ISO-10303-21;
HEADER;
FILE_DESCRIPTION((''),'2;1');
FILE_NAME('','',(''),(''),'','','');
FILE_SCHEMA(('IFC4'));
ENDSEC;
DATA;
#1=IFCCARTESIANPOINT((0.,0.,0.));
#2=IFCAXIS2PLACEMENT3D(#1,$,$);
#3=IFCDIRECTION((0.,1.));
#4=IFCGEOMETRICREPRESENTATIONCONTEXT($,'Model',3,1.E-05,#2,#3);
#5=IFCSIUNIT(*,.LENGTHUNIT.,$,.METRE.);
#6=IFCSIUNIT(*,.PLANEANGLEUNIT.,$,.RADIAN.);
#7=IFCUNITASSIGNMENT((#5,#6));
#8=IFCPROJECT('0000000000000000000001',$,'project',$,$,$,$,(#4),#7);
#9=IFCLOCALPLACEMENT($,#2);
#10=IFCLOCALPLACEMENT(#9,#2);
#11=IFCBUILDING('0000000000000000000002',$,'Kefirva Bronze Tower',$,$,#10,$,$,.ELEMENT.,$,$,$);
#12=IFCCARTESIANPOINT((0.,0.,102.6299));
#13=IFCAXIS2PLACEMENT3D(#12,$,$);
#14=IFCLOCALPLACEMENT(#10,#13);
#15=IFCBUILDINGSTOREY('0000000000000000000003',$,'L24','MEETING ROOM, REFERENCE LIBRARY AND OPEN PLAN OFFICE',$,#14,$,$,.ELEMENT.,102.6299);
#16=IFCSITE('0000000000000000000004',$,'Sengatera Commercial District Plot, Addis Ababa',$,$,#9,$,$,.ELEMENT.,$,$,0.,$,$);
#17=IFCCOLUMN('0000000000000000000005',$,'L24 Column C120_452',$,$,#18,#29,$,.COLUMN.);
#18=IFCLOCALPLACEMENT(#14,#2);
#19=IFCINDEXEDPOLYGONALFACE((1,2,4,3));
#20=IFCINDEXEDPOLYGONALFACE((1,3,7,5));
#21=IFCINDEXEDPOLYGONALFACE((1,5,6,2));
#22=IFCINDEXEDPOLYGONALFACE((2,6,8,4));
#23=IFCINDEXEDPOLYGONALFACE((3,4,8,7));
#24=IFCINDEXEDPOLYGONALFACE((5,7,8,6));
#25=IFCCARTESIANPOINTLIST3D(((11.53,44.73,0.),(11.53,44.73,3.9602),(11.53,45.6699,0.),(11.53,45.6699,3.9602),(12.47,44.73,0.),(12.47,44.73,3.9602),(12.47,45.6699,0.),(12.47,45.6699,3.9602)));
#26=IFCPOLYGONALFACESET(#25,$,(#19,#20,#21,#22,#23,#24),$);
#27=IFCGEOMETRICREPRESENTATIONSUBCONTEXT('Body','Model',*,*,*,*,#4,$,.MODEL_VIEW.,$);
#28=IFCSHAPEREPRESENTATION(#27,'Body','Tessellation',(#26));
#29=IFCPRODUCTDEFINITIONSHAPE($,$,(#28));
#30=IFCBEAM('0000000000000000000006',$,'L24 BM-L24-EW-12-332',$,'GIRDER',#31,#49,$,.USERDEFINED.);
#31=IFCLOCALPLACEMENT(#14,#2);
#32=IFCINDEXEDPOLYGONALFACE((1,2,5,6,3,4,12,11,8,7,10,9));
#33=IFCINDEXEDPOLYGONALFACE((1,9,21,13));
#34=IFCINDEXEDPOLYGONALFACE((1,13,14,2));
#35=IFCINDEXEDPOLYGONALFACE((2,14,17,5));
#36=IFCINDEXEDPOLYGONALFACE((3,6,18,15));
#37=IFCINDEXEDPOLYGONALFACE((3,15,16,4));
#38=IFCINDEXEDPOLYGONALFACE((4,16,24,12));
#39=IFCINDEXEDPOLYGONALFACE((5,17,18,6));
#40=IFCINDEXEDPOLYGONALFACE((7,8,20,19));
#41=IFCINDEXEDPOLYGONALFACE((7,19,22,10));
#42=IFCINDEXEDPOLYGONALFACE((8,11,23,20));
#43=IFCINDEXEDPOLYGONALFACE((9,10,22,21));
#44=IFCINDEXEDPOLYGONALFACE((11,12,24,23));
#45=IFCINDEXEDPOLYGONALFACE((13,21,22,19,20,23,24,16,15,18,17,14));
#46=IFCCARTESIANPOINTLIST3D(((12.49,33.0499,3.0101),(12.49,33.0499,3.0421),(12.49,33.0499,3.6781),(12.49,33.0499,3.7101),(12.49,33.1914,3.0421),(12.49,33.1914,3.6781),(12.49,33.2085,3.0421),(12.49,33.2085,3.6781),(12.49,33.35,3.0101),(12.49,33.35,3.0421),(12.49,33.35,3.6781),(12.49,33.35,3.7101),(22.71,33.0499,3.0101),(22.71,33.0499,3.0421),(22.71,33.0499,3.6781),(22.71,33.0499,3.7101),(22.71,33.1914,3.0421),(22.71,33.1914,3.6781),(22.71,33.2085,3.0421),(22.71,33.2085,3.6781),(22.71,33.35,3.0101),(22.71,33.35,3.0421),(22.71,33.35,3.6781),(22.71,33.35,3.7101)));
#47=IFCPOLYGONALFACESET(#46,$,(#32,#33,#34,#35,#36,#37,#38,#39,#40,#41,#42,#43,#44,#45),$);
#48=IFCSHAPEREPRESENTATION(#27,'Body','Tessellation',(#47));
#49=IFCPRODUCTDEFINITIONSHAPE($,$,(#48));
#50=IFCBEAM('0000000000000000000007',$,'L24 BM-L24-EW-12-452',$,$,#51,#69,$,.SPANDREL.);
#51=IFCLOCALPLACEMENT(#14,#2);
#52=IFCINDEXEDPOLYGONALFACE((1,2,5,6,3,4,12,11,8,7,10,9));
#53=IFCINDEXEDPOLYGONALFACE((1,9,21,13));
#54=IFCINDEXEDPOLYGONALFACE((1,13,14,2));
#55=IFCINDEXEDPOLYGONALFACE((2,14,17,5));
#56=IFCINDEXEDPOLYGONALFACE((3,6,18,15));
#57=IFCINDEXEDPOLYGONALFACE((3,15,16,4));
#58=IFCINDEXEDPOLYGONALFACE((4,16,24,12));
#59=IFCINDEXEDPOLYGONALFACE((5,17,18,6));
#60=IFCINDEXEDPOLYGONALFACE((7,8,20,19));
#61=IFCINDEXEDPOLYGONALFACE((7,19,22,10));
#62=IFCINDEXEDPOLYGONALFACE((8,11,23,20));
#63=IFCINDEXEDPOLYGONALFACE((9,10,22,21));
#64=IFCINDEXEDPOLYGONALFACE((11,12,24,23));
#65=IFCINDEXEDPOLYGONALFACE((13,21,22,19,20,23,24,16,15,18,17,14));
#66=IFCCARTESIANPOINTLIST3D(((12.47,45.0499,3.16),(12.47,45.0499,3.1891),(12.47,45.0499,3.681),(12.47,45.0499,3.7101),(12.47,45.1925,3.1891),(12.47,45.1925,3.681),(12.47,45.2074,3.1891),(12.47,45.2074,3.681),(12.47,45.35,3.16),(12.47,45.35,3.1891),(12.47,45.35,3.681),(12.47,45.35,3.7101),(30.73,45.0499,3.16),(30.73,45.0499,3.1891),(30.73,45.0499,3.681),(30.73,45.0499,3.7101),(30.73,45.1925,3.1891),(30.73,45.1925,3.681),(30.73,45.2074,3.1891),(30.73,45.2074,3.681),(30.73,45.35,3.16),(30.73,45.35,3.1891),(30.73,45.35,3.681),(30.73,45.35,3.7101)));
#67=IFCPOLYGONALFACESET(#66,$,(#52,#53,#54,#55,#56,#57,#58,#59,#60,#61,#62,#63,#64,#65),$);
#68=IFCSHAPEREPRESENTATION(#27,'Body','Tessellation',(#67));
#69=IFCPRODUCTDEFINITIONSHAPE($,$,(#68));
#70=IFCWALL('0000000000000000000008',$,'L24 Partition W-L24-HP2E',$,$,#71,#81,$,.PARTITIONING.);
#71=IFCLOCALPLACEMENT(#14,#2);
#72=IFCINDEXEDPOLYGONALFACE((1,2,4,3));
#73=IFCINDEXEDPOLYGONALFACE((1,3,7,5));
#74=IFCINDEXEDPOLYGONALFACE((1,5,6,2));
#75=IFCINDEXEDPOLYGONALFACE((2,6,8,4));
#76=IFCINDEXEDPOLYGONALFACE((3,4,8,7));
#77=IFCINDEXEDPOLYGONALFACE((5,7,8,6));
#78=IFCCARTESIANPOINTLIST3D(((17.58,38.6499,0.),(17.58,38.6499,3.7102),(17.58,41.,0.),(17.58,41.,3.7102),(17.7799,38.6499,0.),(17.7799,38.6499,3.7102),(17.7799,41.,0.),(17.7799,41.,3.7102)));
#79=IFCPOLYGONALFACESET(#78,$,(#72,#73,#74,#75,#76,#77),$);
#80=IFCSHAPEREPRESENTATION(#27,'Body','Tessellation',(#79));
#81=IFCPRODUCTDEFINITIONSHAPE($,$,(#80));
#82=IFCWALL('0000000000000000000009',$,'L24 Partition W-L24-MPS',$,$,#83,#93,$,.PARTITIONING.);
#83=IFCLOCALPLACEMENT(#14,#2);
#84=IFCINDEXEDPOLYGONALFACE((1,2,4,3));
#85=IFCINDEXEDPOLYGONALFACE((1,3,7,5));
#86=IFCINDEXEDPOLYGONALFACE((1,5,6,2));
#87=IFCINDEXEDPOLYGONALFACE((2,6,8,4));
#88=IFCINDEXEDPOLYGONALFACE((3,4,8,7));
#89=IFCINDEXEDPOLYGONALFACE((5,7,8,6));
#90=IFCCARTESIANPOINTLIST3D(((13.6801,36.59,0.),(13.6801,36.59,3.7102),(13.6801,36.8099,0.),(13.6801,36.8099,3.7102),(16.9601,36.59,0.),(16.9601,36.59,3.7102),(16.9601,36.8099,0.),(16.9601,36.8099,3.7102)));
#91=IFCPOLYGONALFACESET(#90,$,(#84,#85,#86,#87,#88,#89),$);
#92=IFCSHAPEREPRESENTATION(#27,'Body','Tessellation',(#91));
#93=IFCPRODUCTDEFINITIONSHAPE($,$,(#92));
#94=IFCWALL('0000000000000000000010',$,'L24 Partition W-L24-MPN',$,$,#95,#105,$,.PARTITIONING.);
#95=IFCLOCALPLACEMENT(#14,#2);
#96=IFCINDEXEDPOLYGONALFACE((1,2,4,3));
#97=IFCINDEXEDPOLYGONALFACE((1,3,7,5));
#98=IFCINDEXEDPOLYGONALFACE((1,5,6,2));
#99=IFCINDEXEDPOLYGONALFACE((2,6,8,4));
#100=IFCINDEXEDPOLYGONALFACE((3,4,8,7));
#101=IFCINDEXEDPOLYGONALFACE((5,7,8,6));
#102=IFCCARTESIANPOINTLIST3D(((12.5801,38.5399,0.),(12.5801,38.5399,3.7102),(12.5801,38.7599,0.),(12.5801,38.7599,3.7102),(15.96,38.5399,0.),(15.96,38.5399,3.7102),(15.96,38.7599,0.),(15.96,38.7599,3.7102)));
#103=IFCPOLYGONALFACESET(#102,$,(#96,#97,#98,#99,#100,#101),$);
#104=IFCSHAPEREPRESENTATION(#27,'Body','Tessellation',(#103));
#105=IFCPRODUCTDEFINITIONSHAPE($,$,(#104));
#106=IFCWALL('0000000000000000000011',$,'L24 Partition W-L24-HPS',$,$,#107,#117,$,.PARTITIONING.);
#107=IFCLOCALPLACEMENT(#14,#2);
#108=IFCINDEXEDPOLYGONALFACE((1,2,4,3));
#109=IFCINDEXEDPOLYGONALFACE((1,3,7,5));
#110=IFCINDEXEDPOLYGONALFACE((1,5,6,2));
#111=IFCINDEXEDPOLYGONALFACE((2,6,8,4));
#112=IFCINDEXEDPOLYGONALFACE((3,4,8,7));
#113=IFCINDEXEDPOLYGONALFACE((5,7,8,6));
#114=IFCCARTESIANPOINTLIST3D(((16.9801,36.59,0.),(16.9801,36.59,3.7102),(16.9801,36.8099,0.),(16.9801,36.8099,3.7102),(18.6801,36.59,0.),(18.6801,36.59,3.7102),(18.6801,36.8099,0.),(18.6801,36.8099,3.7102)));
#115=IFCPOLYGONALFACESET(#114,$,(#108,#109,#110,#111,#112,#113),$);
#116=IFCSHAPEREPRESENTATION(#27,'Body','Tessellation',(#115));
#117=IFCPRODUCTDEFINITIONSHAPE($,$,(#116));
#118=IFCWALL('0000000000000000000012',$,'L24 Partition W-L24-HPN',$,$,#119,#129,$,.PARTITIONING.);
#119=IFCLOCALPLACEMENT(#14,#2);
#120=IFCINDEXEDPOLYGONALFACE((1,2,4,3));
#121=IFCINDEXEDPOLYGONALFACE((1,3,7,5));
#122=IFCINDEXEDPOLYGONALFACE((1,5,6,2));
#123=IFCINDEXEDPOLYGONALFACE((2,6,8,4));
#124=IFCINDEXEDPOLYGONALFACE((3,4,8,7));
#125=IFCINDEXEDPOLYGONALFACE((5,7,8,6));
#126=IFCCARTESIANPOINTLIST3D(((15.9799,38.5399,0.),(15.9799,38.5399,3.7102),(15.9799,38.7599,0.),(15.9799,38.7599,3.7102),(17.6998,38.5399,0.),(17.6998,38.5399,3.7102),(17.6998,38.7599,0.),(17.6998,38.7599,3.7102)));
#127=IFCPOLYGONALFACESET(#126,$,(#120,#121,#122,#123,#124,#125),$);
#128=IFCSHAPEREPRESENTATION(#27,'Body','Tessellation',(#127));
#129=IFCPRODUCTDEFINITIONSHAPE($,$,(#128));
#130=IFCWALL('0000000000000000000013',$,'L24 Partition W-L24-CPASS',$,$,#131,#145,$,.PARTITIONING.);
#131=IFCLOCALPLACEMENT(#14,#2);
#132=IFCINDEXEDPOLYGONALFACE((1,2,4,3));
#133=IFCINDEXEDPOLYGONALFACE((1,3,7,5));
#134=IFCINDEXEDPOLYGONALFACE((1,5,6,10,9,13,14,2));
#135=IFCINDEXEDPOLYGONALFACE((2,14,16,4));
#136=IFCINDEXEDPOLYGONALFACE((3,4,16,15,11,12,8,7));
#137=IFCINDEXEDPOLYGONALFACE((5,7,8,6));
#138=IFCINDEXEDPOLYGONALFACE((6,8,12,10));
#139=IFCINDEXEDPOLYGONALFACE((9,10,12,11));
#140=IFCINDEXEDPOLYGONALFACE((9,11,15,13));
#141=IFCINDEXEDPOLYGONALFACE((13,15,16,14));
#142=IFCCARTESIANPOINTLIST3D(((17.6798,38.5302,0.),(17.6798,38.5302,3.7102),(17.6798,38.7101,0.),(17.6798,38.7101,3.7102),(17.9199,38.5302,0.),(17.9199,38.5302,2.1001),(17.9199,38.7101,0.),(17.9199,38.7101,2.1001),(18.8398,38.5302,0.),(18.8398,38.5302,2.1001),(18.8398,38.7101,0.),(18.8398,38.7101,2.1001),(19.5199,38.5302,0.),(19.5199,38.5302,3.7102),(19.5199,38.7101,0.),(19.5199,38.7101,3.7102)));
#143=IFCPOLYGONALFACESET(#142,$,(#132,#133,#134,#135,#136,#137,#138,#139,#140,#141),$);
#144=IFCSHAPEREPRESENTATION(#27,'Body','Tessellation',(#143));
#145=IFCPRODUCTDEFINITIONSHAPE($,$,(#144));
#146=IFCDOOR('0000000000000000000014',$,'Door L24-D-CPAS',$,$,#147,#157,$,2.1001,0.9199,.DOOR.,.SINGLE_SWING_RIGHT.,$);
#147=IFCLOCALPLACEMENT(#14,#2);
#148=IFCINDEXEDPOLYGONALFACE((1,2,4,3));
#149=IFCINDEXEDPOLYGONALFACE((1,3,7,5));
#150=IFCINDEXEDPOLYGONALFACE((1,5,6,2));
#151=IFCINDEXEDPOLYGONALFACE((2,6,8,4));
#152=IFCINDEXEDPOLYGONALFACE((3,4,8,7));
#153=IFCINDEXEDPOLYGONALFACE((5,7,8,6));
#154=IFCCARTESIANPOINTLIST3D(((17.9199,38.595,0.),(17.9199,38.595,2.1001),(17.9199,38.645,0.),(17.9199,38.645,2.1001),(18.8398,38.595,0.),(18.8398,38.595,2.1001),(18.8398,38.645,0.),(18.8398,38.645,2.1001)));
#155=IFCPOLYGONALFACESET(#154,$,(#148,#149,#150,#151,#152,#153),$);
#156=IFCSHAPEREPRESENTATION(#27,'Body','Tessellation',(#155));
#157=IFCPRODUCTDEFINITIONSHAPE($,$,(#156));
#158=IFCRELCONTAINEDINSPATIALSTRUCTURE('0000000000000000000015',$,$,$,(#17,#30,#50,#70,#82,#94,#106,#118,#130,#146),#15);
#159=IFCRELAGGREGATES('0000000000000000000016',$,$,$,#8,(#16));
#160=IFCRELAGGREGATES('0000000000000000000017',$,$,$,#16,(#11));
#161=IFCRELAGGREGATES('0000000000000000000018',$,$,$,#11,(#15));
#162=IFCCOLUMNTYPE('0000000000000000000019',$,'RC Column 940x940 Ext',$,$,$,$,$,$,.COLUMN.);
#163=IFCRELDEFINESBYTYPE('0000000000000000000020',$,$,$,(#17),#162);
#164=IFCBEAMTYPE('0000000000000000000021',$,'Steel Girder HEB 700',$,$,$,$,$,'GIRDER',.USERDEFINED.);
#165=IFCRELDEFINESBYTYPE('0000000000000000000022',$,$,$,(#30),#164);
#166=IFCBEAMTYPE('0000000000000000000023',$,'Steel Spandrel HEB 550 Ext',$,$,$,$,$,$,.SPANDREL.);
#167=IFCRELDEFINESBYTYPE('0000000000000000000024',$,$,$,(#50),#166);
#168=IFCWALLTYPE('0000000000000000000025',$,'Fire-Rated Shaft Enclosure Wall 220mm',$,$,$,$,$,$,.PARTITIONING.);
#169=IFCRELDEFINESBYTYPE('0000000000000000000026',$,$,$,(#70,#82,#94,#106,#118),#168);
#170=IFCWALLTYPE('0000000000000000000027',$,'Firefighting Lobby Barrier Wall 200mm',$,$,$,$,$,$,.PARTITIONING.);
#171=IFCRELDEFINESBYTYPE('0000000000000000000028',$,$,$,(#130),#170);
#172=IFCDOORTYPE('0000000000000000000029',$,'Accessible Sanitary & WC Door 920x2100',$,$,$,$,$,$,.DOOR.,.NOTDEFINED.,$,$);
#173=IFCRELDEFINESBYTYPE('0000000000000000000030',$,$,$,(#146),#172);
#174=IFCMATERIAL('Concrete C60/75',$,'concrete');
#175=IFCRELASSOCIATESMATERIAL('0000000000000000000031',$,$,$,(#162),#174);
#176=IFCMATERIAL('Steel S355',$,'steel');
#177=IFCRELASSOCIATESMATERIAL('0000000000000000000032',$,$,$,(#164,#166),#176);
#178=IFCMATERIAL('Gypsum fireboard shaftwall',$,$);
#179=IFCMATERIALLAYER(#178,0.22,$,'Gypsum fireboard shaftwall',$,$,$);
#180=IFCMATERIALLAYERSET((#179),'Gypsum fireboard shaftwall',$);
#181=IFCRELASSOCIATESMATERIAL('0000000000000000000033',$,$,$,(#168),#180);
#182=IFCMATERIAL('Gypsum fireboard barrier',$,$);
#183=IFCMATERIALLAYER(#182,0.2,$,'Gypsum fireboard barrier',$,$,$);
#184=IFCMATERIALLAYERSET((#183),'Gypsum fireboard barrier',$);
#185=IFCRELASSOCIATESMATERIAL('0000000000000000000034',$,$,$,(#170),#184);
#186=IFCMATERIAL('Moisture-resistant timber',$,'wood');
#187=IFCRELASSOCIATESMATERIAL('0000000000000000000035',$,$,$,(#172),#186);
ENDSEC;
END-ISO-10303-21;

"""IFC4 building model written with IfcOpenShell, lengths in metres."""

from ifc_helpers import new_model, si_unit, direction, frame, frame_2d, origin, origin_2d, place, context, subcontext, project, spatial, rectangle, i_section, extrude, material, layer, layer_set, material_profile, profile_set, type_object, element, fill, save


model = new_model("IFC4")

# Units and contexts
model_context = context("Model", 3, precision=1e-05, world=origin(), true_north=direction((0.0, 1.0)))
body_context = subcontext(model_context, "Body", "Model", "MODEL_VIEW")
ifc_project = project(units=[si_unit("LENGTHUNIT", "METRE"), si_unit("PLANEANGLEUNIT", "RADIAN")], contexts=[model_context])

# Site, building, storey
site_placement = place(None, origin())
site = spatial("IfcSite", under=ifc_project, at=site_placement, Name="Sengatera Commercial District Plot, Addis Ababa", CompositionType="ELEMENT", RefElevation=0.0)
building_placement = place(site_placement, origin())
building = spatial("IfcBuilding", under=site, at=building_placement, Name="Kefirva Bronze Tower", CompositionType="ELEMENT")
storey_placement = place(building_placement, frame((0.0, 0.0, 102.6299)))
storey = spatial("IfcBuildingStorey", under=building, at=storey_placement, Name="L24", Description="MEETING ROOM, REFERENCE LIBRARY AND OPEN PLAN OFFICE", CompositionType="ELEMENT", Elevation=102.6299)

# Column
ifc_material_1 = material(Name="Concrete C60/75", Category="concrete")
ifc_material_profile_1 = material_profile(ifc_material_1, rectangle(XDim=0.9399, YDim=0.9399, at=origin_2d()), Name="RC 940x940")
ifc_profile_set_1 = profile_set([ifc_material_profile_1], Name="Concrete C60/75")
column_type = type_object("IfcColumnType", Name="RC Column 940x940 Ext", PredefinedType="COLUMN", material=ifc_profile_set_1)
column_placement = place(storey_placement, frame((12.0, 45.2, 0.0), z_axis=(0.0, 0.0, 1.0), x_axis=(1.0, 0.0, 0.0)))
element("IfcColumn", 1, at=column_placement, inside=storey, type_object=column_type, Name="L24 Column C120_452", PredefinedType="COLUMN", context=body_context, shape_type="SweptSolid", body=[
    extrude(rectangle(XDim=0.9399, YDim=0.9399, at=origin_2d()), origin(), (0.0, 0.0, 1.0), 3.9602),
])

# Beams
ifc_material_2 = material(Name="Steel S355", Category="steel")
ifc_material_profile_2 = material_profile(ifc_material_2, i_section(OverallWidth=0.3, OverallDepth=0.7, WebThickness=0.0171, FlangeThickness=0.032, at=origin_2d()), Name="HEB 700")
ifc_profile_set_2 = profile_set([ifc_material_profile_2], Name="Steel S355")
beam_type_1 = type_object("IfcBeamType", Name="Steel Girder HEB 700", ElementType="GIRDER", PredefinedType="USERDEFINED", material=ifc_profile_set_2)
beam_1_placement = place(storey_placement, frame((12.49, 33.2, 3.3601), z_axis=(1.0, 0.0, 0.0), x_axis=(0.0, 1.0, 0.0)))
element("IfcBeam", 2, at=beam_1_placement, inside=storey, type_object=beam_type_1, Name="L24 BM-L24-EW-12-332", ObjectType="GIRDER", PredefinedType="USERDEFINED", context=body_context, shape_type="SweptSolid", body=[
    extrude(i_section(OverallWidth=0.3, OverallDepth=0.7, WebThickness=0.0171, FlangeThickness=0.032, at=origin_2d()), origin(), (0.0, 0.0, 1.0), 10.22),
])
ifc_material_profile_3 = material_profile(ifc_material_2, i_section(OverallWidth=0.3, OverallDepth=0.55, WebThickness=0.0149, FlangeThickness=0.0291, at=origin_2d()), Name="HEB 550")
ifc_profile_set_3 = profile_set([ifc_material_profile_3], Name="Steel S355")
beam_type_2 = type_object("IfcBeamType", Name="Steel Spandrel HEB 550 Ext", PredefinedType="SPANDREL", material=ifc_profile_set_3)
beam_2_placement = place(storey_placement, frame((12.47, 45.2, 3.4351), z_axis=(1.0, 0.0, 0.0), x_axis=(0.0, 1.0, 0.0)))
element("IfcBeam", 3, at=beam_2_placement, inside=storey, type_object=beam_type_2, Name="L24 BM-L24-EW-12-452", PredefinedType="SPANDREL", context=body_context, shape_type="SweptSolid", body=[
    extrude(i_section(OverallWidth=0.3, OverallDepth=0.55, WebThickness=0.0149, FlangeThickness=0.0291, at=origin_2d()), origin(), (0.0, 0.0, 1.0), 18.26),
])

# Walls
ifc_material_3 = material(Name="Gypsum fireboard shaftwall")
ifc_layer_1 = layer(ifc_material_3, 0.22, Name="Gypsum fireboard shaftwall")
ifc_layer_set_1 = layer_set([ifc_layer_1], Name="Gypsum fireboard shaftwall")
wall_type_1 = type_object("IfcWallType", Name="Fire-Rated Shaft Enclosure Wall 220mm", PredefinedType="PARTITIONING", material=ifc_layer_set_1)
wall_1_placement = place(storey_placement, frame((17.6799, 38.6499, 0.0), z_axis=(0.0, 0.0, 1.0), x_axis=(0.0, 1.0, 0.0)))
element("IfcWall", 4, at=wall_1_placement, inside=storey, type_object=wall_type_1, Name="L24 Partition W-L24-HP2E", PredefinedType="PARTITIONING", context=body_context, shape_type="SweptSolid", body=[
    extrude(rectangle(XDim=2.3501, YDim=0.2, at=frame_2d((1.175, 0.0))), origin(), (0.0, 0.0, 1.0), 3.7102),
])
wall_2_placement = place(storey_placement, frame((13.6799, 36.7, 0.0), z_axis=(0.0, 0.0, 1.0), x_axis=(1.0, 0.0, 0.0)))
element("IfcWall", 5, at=wall_2_placement, inside=storey, type_object=wall_type_1, Name="L24 Partition W-L24-MPS", PredefinedType="PARTITIONING", context=body_context, shape_type="SweptSolid", body=[
    extrude(rectangle(XDim=3.28, YDim=0.22, at=frame_2d((1.6401, 0.0))), origin(), (0.0, 0.0, 1.0), 3.7102),
])
wall_3_placement = place(storey_placement, frame((12.5801, 38.6499, 0.0), z_axis=(0.0, 0.0, 1.0), x_axis=(1.0, 0.0, 0.0)))
element("IfcWall", 6, at=wall_3_placement, inside=storey, type_object=wall_type_1, Name="L24 Partition W-L24-MPN", PredefinedType="PARTITIONING", context=body_context, shape_type="SweptSolid", body=[
    extrude(rectangle(XDim=3.3799, YDim=0.22, at=frame_2d((1.6899, 0.0))), origin(), (0.0, 0.0, 1.0), 3.7102),
])
wall_4_placement = place(storey_placement, frame((16.98, 36.7, 0.0), z_axis=(0.0, 0.0, 1.0), x_axis=(1.0, 0.0, 0.0)))
element("IfcWall", 7, at=wall_4_placement, inside=storey, type_object=wall_type_1, Name="L24 Partition W-L24-HPS", PredefinedType="PARTITIONING", context=body_context, shape_type="SweptSolid", body=[
    extrude(rectangle(XDim=1.7, YDim=0.22, at=frame_2d((0.8501, 0.0))), origin(), (0.0, 0.0, 1.0), 3.7102),
])
wall_5_placement = place(storey_placement, frame((15.98, 38.6499, 0.0), z_axis=(0.0, 0.0, 1.0), x_axis=(1.0, 0.0, 0.0)))
element("IfcWall", 8, at=wall_5_placement, inside=storey, type_object=wall_type_1, Name="L24 Partition W-L24-HPN", PredefinedType="PARTITIONING", context=body_context, shape_type="SweptSolid", body=[
    extrude(rectangle(XDim=1.72, YDim=0.22, at=frame_2d((0.8599, 0.0))), origin(), (0.0, 0.0, 1.0), 3.7102),
])

# Wall, opening, door
ifc_material_4 = material(Name="Gypsum fireboard barrier")
ifc_layer_2 = layer(ifc_material_4, 0.2, Name="Gypsum fireboard barrier")
ifc_layer_set_2 = layer_set([ifc_layer_2], Name="Gypsum fireboard barrier")
wall_type_2 = type_object("IfcWallType", Name="Firefighting Lobby Barrier Wall 200mm", PredefinedType="PARTITIONING", material=ifc_layer_set_2)
wall_6_placement = place(storey_placement, frame((17.6799, 38.6201, 0.0), z_axis=(0.0, 0.0, 1.0), x_axis=(1.0, 0.0, 0.0)))
wall_6 = element("IfcWall", 9, at=wall_6_placement, inside=storey, type_object=wall_type_2, Name="L24 Partition W-L24-CPASS", PredefinedType="PARTITIONING", context=body_context, shape_type="SweptSolid", body=[
    extrude(rectangle(XDim=1.8401, YDim=0.1799, at=frame_2d((0.9199, 0.0))), origin(), (0.0, 0.0, 1.0), 3.7102),
])
opening_1_placement = place(wall_6_placement, frame((0.24, 0.0, 0.0)))
opening_1 = element("IfcOpeningElement", 10, at=opening_1_placement, cuts=wall_6, PredefinedType="OPENING", context=body_context, shape_type="SweptSolid", body=[
    extrude(rectangle(XDim=0.9199, YDim=2.1001, at=frame_2d((0.46, 1.05))), frame((0.0, 0.1001, 0.0), z_axis=(0.0, -1.0, 0.0), x_axis=(1.0, 0.0, 0.0)), (0.0, 0.0, 1.0), 0.2),
])
ifc_material_5 = material(Name="Moisture-resistant timber", Category="wood")
door_type = type_object("IfcDoorType", Name="Accessible Sanitary & WC Door 920x2100", OperationType="NOTDEFINED", PredefinedType="DOOR", material=ifc_material_5)
door_placement = place(opening_1_placement, origin())
door = element("IfcDoor", 11, at=door_placement, inside=storey, type_object=door_type, Name="Door L24-D-CPAS", OperationType="SINGLE_SWING_RIGHT", OverallHeight=2.1001, OverallWidth=0.9199, PredefinedType="DOOR", context=body_context, shape_type="SweptSolid", body=[
    extrude(rectangle(XDim=0.9199, YDim=2.1001, at=frame_2d((0.46, 1.05))), frame((0.0, 0.0249, 0.0), z_axis=(0.0, -1.0, 0.0), x_axis=(1.0, 0.0, 0.0)), (0.0, 0.0, 1.0), 0.05),
])
fill(opening_1, door)

save(model, "model.ifc")
